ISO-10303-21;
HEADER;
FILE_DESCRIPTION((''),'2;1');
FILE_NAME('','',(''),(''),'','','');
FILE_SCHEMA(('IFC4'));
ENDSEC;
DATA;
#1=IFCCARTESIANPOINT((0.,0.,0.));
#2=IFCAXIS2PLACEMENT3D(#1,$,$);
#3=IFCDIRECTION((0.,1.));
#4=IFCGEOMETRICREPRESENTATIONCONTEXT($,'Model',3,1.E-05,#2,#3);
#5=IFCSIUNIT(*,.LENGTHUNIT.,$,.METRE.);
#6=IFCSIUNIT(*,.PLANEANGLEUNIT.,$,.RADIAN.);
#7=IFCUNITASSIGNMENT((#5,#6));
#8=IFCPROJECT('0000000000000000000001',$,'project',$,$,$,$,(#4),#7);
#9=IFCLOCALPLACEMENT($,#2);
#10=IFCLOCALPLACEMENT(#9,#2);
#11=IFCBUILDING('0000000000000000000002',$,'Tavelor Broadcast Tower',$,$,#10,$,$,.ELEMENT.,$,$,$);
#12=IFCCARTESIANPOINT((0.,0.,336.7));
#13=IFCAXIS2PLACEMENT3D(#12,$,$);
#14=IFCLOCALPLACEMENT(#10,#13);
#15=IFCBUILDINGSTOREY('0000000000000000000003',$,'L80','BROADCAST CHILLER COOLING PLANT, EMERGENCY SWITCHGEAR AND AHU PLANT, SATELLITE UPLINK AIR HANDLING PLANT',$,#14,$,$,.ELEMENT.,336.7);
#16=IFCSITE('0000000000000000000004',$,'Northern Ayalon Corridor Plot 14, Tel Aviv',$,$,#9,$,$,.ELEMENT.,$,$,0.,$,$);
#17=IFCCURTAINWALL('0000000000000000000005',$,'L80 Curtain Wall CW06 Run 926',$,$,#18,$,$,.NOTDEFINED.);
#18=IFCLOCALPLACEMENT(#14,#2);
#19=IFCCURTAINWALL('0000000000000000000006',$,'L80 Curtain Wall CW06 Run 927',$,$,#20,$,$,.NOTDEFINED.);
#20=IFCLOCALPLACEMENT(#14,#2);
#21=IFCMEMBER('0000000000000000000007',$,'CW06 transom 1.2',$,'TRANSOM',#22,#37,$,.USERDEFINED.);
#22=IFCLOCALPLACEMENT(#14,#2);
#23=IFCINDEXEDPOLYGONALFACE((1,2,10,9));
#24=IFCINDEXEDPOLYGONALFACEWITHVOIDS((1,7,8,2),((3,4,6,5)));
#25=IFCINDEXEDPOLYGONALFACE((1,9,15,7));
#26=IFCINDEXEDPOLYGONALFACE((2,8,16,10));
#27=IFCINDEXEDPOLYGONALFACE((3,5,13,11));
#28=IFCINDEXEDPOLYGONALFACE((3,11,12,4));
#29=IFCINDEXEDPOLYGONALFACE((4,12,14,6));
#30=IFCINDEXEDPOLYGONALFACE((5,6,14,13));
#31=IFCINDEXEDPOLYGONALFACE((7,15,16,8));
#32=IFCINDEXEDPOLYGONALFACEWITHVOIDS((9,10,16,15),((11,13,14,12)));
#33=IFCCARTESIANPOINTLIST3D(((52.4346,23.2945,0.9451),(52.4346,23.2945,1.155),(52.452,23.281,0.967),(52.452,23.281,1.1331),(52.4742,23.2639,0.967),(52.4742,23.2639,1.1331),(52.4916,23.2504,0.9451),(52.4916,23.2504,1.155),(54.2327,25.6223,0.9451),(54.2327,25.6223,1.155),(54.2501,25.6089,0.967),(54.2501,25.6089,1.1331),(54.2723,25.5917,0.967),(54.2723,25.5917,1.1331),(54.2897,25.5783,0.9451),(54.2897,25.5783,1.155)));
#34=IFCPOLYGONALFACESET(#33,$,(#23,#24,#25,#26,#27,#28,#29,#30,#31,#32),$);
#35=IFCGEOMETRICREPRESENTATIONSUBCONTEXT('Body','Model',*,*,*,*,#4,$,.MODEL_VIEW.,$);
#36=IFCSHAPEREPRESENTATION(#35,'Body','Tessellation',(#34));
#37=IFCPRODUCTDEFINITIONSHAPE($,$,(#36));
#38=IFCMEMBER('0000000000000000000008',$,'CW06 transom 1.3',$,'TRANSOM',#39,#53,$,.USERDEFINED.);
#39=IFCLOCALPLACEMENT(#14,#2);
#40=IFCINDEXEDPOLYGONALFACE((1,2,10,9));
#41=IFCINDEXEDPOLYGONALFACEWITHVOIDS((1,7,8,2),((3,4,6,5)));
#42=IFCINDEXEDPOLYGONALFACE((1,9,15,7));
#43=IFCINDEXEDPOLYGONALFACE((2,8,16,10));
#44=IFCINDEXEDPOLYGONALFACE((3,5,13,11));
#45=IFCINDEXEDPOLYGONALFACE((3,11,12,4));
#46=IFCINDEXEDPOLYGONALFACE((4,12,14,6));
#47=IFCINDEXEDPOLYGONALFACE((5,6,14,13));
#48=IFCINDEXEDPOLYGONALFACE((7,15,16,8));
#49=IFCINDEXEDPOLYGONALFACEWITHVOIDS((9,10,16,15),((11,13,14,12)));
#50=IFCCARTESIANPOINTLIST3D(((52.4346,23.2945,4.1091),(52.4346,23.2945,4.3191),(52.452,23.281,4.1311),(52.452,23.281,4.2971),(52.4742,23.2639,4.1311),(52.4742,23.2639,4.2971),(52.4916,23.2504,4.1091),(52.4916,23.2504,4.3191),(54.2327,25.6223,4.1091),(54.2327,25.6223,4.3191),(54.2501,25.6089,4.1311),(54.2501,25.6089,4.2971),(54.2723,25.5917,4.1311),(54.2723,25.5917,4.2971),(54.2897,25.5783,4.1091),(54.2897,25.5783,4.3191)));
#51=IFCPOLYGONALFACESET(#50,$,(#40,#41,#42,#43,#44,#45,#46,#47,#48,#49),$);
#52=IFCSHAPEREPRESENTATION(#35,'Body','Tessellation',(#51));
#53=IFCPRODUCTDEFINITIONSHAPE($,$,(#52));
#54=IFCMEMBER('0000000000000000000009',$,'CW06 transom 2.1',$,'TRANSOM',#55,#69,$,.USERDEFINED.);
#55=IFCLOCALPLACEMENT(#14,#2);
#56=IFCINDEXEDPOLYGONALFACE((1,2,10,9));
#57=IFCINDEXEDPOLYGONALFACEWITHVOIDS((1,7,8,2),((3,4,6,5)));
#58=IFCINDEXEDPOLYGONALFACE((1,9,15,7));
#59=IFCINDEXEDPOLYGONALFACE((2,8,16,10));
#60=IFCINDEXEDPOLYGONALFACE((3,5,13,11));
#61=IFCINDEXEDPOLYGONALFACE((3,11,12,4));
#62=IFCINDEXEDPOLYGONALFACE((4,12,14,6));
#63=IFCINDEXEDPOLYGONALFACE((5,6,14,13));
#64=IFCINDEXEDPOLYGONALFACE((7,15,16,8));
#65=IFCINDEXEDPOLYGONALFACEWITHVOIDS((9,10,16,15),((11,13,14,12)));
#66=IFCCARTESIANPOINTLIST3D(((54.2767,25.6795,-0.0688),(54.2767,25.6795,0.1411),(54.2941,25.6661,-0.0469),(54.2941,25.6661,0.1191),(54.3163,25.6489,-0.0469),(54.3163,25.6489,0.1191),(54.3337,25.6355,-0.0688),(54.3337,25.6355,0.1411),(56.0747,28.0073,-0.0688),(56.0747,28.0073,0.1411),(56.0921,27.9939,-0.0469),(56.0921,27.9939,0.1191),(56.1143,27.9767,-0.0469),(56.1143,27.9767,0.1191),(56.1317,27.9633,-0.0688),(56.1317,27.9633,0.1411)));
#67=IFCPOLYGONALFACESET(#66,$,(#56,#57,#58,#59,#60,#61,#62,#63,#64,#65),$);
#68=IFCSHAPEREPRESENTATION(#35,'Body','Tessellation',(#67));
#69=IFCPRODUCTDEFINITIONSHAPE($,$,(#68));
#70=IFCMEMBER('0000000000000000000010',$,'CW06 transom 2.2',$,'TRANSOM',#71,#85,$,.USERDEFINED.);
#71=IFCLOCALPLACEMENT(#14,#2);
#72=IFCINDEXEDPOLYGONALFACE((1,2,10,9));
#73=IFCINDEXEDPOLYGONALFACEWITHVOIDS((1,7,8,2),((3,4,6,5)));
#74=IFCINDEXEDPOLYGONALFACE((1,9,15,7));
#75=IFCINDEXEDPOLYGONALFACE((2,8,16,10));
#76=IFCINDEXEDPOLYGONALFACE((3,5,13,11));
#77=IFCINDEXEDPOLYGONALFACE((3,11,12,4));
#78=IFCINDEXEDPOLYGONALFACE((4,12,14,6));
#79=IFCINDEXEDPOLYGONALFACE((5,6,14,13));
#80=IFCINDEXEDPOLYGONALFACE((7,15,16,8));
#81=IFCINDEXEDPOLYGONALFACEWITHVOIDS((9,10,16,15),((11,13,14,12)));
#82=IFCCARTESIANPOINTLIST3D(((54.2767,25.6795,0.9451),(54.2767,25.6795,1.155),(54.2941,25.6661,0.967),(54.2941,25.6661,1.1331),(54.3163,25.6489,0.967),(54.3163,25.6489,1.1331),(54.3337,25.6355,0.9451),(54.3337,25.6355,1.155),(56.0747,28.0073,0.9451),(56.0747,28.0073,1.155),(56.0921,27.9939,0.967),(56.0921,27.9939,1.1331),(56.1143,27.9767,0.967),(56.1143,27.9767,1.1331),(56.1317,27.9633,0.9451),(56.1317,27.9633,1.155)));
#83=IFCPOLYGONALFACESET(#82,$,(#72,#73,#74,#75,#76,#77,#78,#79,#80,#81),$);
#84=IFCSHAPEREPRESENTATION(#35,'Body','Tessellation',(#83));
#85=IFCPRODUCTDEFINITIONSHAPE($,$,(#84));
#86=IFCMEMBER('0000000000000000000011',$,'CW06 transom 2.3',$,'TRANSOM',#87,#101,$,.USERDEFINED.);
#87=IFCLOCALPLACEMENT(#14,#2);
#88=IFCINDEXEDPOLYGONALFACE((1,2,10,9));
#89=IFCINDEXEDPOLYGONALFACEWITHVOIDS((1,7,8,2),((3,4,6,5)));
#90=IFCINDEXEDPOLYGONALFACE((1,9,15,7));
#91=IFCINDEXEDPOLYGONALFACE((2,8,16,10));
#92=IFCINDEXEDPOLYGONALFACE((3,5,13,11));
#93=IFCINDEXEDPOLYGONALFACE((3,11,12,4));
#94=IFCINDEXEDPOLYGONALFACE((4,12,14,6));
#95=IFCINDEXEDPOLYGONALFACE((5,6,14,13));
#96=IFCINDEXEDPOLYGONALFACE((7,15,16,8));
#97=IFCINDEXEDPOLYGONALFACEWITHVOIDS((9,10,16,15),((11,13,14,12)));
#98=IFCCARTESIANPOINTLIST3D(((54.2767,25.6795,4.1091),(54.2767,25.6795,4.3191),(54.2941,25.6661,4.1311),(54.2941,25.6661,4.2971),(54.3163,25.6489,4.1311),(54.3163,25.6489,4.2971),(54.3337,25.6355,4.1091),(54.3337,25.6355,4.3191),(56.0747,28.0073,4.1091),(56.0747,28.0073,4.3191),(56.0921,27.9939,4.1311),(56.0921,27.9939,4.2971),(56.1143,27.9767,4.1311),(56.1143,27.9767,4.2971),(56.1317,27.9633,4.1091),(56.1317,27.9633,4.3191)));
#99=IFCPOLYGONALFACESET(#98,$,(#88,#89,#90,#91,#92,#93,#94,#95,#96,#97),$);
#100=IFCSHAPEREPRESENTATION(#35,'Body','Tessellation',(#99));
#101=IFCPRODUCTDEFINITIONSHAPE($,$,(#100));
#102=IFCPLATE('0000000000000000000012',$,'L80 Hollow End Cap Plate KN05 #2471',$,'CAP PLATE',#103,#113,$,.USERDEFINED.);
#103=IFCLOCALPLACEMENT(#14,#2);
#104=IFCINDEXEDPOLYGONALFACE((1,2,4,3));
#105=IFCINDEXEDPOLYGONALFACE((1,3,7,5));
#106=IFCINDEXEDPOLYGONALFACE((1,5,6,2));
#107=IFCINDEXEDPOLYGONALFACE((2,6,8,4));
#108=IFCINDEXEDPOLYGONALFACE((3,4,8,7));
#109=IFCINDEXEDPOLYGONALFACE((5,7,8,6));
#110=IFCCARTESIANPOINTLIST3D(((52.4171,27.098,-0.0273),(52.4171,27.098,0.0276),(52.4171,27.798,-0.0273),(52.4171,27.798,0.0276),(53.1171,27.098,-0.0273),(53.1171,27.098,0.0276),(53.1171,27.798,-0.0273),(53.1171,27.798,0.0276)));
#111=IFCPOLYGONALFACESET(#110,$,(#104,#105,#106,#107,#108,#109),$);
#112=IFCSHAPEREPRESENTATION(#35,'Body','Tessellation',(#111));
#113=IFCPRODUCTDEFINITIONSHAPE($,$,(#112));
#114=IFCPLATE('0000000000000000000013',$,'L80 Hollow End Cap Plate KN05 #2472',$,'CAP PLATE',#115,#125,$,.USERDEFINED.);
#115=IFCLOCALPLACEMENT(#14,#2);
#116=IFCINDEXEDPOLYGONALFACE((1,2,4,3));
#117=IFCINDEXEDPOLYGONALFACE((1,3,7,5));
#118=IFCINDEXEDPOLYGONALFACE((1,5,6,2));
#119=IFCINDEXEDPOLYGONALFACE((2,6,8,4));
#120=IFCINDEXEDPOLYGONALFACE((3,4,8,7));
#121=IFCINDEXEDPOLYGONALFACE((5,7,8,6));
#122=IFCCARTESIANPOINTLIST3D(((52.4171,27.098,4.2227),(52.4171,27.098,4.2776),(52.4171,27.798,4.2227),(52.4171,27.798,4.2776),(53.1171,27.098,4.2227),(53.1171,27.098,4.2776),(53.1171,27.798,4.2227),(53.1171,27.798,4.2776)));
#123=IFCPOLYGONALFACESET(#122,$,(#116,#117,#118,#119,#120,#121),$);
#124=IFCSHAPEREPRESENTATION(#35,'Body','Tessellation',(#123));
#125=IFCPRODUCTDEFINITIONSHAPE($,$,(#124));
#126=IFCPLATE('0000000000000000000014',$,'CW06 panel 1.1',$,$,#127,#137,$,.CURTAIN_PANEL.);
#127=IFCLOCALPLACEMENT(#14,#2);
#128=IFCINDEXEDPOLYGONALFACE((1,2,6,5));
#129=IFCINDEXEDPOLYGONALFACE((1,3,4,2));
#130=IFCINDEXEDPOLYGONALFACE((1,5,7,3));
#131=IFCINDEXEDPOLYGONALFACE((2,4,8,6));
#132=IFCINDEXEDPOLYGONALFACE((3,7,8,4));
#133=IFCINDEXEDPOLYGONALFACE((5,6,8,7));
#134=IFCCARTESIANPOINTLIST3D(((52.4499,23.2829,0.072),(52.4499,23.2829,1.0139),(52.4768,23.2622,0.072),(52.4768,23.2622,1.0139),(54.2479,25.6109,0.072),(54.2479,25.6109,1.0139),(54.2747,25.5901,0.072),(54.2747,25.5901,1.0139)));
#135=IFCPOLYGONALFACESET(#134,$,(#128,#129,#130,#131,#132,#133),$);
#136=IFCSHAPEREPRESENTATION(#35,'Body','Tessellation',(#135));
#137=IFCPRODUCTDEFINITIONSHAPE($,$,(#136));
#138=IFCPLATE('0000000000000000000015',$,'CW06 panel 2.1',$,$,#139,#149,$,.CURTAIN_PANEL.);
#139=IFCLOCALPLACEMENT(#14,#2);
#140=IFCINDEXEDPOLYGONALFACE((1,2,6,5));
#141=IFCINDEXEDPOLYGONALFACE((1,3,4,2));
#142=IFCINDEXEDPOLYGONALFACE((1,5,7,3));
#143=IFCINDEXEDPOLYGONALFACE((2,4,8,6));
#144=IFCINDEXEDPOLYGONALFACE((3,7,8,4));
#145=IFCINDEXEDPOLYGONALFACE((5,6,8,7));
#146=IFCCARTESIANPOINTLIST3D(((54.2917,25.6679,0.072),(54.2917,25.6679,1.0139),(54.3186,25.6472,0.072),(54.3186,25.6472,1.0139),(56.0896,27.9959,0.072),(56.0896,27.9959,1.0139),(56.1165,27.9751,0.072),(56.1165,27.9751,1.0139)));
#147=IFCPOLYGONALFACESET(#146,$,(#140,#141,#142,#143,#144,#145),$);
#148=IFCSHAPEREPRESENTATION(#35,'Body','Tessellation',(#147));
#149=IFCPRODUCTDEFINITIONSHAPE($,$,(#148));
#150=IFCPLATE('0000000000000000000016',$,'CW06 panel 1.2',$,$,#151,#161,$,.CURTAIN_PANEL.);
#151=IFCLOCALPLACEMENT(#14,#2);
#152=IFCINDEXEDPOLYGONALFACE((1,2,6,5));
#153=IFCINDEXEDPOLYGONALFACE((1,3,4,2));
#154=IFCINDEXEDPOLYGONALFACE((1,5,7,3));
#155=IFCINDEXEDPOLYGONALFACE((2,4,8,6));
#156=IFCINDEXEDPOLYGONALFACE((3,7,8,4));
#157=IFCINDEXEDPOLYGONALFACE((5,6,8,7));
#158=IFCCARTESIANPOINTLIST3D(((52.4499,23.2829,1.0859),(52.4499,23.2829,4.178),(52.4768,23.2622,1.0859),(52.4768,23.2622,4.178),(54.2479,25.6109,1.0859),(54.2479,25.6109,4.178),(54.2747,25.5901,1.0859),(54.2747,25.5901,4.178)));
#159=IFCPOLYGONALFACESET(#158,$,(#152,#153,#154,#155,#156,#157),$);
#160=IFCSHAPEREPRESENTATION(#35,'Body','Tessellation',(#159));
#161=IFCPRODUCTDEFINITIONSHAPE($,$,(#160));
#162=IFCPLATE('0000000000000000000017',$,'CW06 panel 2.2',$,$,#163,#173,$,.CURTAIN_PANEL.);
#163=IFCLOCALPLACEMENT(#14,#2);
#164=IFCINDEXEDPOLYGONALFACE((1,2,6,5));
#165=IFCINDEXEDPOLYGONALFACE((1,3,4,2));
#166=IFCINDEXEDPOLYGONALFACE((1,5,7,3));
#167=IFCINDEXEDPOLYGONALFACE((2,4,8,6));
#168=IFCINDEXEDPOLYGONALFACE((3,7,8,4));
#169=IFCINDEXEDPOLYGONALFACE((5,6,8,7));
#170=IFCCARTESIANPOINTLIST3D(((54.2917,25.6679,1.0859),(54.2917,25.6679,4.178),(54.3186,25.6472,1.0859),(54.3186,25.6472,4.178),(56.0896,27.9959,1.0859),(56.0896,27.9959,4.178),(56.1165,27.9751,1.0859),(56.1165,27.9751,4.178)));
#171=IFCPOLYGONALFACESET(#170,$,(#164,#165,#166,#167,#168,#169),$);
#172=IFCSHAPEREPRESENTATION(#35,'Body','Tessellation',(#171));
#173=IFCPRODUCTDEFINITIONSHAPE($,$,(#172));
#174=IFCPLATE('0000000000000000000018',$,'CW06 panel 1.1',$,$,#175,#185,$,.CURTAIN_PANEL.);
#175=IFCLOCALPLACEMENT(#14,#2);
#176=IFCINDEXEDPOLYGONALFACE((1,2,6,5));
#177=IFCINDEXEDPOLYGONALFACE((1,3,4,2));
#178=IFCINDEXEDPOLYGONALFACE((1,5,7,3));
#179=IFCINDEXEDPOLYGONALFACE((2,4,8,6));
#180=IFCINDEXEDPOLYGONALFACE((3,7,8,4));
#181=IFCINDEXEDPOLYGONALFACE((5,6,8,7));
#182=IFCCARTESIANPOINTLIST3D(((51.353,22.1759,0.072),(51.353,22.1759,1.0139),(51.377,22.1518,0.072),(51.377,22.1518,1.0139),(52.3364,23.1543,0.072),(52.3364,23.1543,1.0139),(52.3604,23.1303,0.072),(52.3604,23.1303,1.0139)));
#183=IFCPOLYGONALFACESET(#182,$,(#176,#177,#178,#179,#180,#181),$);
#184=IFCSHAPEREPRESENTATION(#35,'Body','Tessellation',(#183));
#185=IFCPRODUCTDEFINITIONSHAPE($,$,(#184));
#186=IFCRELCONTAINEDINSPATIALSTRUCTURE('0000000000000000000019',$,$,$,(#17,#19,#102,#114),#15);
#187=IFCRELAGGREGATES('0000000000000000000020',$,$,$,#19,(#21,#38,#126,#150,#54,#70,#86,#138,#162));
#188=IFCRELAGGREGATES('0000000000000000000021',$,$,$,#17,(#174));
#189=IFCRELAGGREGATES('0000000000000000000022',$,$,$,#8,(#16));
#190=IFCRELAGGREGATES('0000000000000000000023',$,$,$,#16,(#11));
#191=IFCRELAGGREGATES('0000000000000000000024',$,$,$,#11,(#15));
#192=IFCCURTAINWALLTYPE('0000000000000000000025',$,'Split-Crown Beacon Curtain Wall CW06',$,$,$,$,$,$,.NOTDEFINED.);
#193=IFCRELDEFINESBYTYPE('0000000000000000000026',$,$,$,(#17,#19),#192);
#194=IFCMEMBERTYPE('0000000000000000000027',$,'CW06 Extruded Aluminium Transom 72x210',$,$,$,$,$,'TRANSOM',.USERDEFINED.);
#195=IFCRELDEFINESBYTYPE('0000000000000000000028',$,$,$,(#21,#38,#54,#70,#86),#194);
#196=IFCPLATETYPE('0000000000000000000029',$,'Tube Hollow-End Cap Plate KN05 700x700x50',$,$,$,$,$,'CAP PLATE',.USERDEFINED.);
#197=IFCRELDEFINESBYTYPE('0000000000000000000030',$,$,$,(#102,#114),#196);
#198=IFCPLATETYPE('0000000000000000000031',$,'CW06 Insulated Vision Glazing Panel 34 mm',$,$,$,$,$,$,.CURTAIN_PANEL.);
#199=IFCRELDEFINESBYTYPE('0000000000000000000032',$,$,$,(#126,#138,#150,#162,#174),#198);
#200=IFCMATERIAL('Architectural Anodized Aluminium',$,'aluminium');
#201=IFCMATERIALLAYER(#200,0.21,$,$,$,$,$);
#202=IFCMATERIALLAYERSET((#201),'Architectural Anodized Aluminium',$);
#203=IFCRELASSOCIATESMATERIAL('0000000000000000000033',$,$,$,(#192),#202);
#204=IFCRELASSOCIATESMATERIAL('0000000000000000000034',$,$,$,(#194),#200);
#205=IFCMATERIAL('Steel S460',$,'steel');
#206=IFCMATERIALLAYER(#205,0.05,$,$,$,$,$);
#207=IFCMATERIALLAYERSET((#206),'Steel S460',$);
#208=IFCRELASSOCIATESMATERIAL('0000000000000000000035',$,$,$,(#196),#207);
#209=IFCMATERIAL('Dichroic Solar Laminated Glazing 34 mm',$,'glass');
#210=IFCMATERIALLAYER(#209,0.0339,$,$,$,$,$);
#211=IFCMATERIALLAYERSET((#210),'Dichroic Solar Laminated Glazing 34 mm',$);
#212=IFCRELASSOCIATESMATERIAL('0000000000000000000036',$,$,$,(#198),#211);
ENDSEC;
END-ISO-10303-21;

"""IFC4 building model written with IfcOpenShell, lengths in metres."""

from ifc_helpers import new_model, si_unit, direction, frame, origin, origin_2d, place, context, subcontext, project, spatial, rectangle, hollow_rectangle, extrude, source, transform, mapped, material, layer, layer_set, material_profile, profile_set, type_object, type_shapes, element, aggregate, save


model = new_model("IFC4")

# Units and contexts
model_context = context("Model", 3, precision=1e-05, world=origin(), true_north=direction((0.0, 1.0)))
body_context = subcontext(model_context, "Body", "Model", "MODEL_VIEW")
ifc_project = project(units=[si_unit("LENGTHUNIT", "METRE"), si_unit("PLANEANGLEUNIT", "RADIAN")], contexts=[model_context])

# Site, building, storey
site_placement = place(None, origin())
site = spatial("IfcSite", under=ifc_project, at=site_placement, Name="Northern Ayalon Corridor Plot 14, Tel Aviv", CompositionType="ELEMENT", RefElevation=0.0)
building_placement = place(site_placement, origin())
building = spatial("IfcBuilding", under=site, at=building_placement, Name="Tavelor Broadcast Tower", CompositionType="ELEMENT")
storey_placement = place(building_placement, frame((0.0, 0.0, 336.7)))
storey = spatial("IfcBuildingStorey", under=building, at=storey_placement, Name="L80", Description="BROADCAST CHILLER COOLING PLANT, EMERGENCY SWITCHGEAR AND AHU PLANT, SATELLITE UPLINK AIR HANDLING PLANT", CompositionType="ELEMENT", Elevation=336.7)

# Shared definitions
ifc_material_1 = material(Name="Architectural Anodized Aluminium", Category="aluminium")
ifc_layer_1 = layer(ifc_material_1, 0.21)
ifc_layer_set_1 = layer_set([ifc_layer_1], Name="Architectural Anodized Aluminium")
curtain_wall_type = type_object("IfcCurtainWallType", Name="Split-Crown Beacon Curtain Wall CW06", PredefinedType="NOTDEFINED", material=ifc_layer_set_1)

# Curtain walls
curtain_wall_1_placement = place(storey_placement, origin())
curtain_wall_1 = element("IfcCurtainWall", 1, at=curtain_wall_1_placement, inside=storey, type_object=curtain_wall_type, Name="L80 Curtain Wall CW06 Run 926", PredefinedType="NOTDEFINED")
curtain_wall_2_placement = place(storey_placement, origin())
curtain_wall_2 = element("IfcCurtainWall", 2, at=curtain_wall_2_placement, inside=storey, type_object=curtain_wall_type, Name="L80 Curtain Wall CW06 Run 927", PredefinedType="NOTDEFINED")

# Members
ifc_material_profile_1 = material_profile(ifc_material_1, hollow_rectangle(XDim=0.072, YDim=0.21, WallThickness=0.022, at=origin_2d()), Name="RHS 72x210x22")
ifc_profile_set_1 = profile_set([ifc_material_profile_1], Name="Architectural Anodized Aluminium")
member_type_1 = type_object("IfcMemberType", Name="CW06 Extruded Aluminium Transom 72x210", ElementType="TRANSOM", PredefinedType="USERDEFINED", material=ifc_profile_set_1)
shared_shape_1 = source(origin(), body_context, "Body", "SweptSolid", [
    extrude(hollow_rectangle(XDim=0.072, YDim=0.21, WallThickness=0.022, at=origin_2d()), origin(), (0.0, 0.0, 1.0), 2.9414),
])
member_1_placement = place(storey_placement, frame((52.4631, 23.2725, 1.05), z_axis=(0.611294, 0.791404, 0.0), x_axis=(-0.791404, 0.611294, 0.0)))
member_1 = element("IfcMember", 3, at=member_1_placement, type_object=member_type_1, Name="CW06 transom 1.2", ObjectType="TRANSOM", PredefinedType="USERDEFINED", context=body_context, shape_type="MappedRepresentation", body=[
    mapped(shared_shape_1, transform((0.0, 0.0, 0.0), scale=1.0)),
])
member_2_placement = place(storey_placement, frame((52.4631, 23.2725, 4.2141), z_axis=(0.611294, 0.791404, 0.0), x_axis=(-0.791404, 0.611294, 0.0)))
member_2 = element("IfcMember", 4, at=member_2_placement, type_object=member_type_1, Name="CW06 transom 1.3", ObjectType="TRANSOM", PredefinedType="USERDEFINED", context=body_context, shape_type="MappedRepresentation", body=[
    mapped(shared_shape_1, transform((0.0, 0.0, 0.0), scale=1.0)),
])
member_3_placement = place(storey_placement, frame((54.3052, 25.6575, 0.0361), z_axis=(0.611294, 0.791404, 0.0), x_axis=(-0.791404, 0.611294, 0.0)))
member_3 = element("IfcMember", 5, at=member_3_placement, type_object=member_type_1, Name="CW06 transom 2.1", ObjectType="TRANSOM", PredefinedType="USERDEFINED", context=body_context, shape_type="MappedRepresentation", body=[
    mapped(shared_shape_1, transform((0.0, 0.0, 0.0), scale=1.0)),
])
member_4_placement = place(storey_placement, frame((54.3052, 25.6575, 1.05), z_axis=(0.611294, 0.791404, 0.0), x_axis=(-0.791404, 0.611294, 0.0)))
member_4 = element("IfcMember", 6, at=member_4_placement, type_object=member_type_1, Name="CW06 transom 2.2", ObjectType="TRANSOM", PredefinedType="USERDEFINED", context=body_context, shape_type="MappedRepresentation", body=[
    mapped(shared_shape_1, transform((0.0, 0.0, 0.0), scale=1.0)),
])
member_5_placement = place(storey_placement, frame((54.3052, 25.6575, 4.2141), z_axis=(0.611294, 0.791404, 0.0), x_axis=(-0.791404, 0.611294, 0.0)))
member_5 = element("IfcMember", 7, at=member_5_placement, type_object=member_type_1, Name="CW06 transom 2.3", ObjectType="TRANSOM", PredefinedType="USERDEFINED", context=body_context, shape_type="MappedRepresentation", body=[
    mapped(shared_shape_1, transform((0.0, 0.0, 0.0), scale=1.0)),
])

# Plates
ifc_material_2 = material(Name="Steel S460", Category="steel")
ifc_layer_2 = layer(ifc_material_2, 0.05)
ifc_layer_set_2 = layer_set([ifc_layer_2], Name="Steel S460")
plate_type_1 = type_object("IfcPlateType", Name="Tube Hollow-End Cap Plate KN05 700x700x50", ElementType="CAP PLATE", PredefinedType="USERDEFINED", material=ifc_layer_set_2)
shared_shape_2 = source(origin(), body_context, "Body", "SweptSolid", [
    extrude(rectangle(XDim=0.7, YDim=0.7, at=origin_2d()), origin(), (0.0, 0.0, 1.0), 0.0549),
])
type_shapes(plate_type_1, [shared_shape_2])
for number, where, z_axis, x_axis, name in (
    (8, (52.7671, 27.448, -0.0273), (0.0, 0.0, 1.0), (1.0, 0.0, 0.0), "L80 Hollow End Cap Plate KN05 #2471"),
    (9, (52.7671, 27.448, 4.2227), (0.0, 0.0, 1.0), (1.0, 0.0, 0.0), "L80 Hollow End Cap Plate KN05 #2472"),
):
    element("IfcPlate", number, at=place(storey_placement, frame(where, z_axis=z_axis, x_axis=x_axis)), inside=storey, type_object=plate_type_1, Name=name, ObjectType="CAP PLATE", PredefinedType="USERDEFINED", context=body_context, shape_type="MappedRepresentation", body=[
        mapped(shared_shape_2, transform((0.0, 0.0, 0.0), scale=1.0)),
    ])

# Plates
ifc_material_3 = material(Name="Dichroic Solar Laminated Glazing 34 mm", Category="glass")
ifc_layer_3 = layer(ifc_material_3, 0.0339)
ifc_layer_set_3 = layer_set([ifc_layer_3], Name="Dichroic Solar Laminated Glazing 34 mm")
plate_type_2 = type_object("IfcPlateType", Name="CW06 Insulated Vision Glazing Panel 34 mm", PredefinedType="CURTAIN_PANEL", material=ifc_layer_set_3)
shared_shape_3 = source(origin(), body_context, "Body", "SweptSolid", [
    extrude(rectangle(XDim=2.9414, YDim=0.0339, at=origin_2d()), origin(), (0.0, 0.0, 1.0), 0.9419),
])
plate_1_placement = place(storey_placement, frame((53.3623, 24.4365, 0.072), z_axis=(0.0, 0.0, 1.0), x_axis=(0.611255, 0.791434, 0.0)))
plate_1 = element("IfcPlate", 10, at=plate_1_placement, type_object=plate_type_2, Name="CW06 panel 1.1", PredefinedType="CURTAIN_PANEL", context=body_context, shape_type="MappedRepresentation", body=[
    mapped(shared_shape_3, transform((0.0, 0.0, 0.0), scale=1.0)),
])
plate_2_placement = place(storey_placement, frame((55.2041, 26.8215, 0.072), z_axis=(0.0, 0.0, 1.0), x_axis=(0.611255, 0.791434, 0.0)))
plate_2 = element("IfcPlate", 11, at=plate_2_placement, type_object=plate_type_2, Name="CW06 panel 2.1", PredefinedType="CURTAIN_PANEL", context=body_context, shape_type="MappedRepresentation", body=[
    mapped(shared_shape_3, transform((0.0, 0.0, 0.0), scale=1.0)),
])
shared_shape_4 = source(origin(), body_context, "Body", "SweptSolid", [
    extrude(rectangle(XDim=2.9414, YDim=0.0339, at=origin_2d()), origin(), (0.0, 0.0, 1.0), 3.092),
])
plate_3_placement = place(storey_placement, frame((53.3623, 24.4365, 1.0859), z_axis=(0.0, 0.0, 1.0), x_axis=(0.611255, 0.791434, 0.0)))
plate_3 = element("IfcPlate", 12, at=plate_3_placement, type_object=plate_type_2, Name="CW06 panel 1.2", PredefinedType="CURTAIN_PANEL", context=body_context, shape_type="MappedRepresentation", body=[
    mapped(shared_shape_4, transform((0.0, 0.0, 0.0), scale=1.0)),
])
plate_4_placement = place(storey_placement, frame((55.2041, 26.8215, 1.0859), z_axis=(0.0, 0.0, 1.0), x_axis=(0.611255, 0.791434, 0.0)))
plate_4 = element("IfcPlate", 13, at=plate_4_placement, type_object=plate_type_2, Name="CW06 panel 2.2", PredefinedType="CURTAIN_PANEL", context=body_context, shape_type="MappedRepresentation", body=[
    mapped(shared_shape_4, transform((0.0, 0.0, 0.0), scale=1.0)),
])
aggregate(curtain_wall_2, [member_1, member_2, plate_1, plate_3, member_3, member_4, member_5, plate_2, plate_4])
shared_shape_5 = source(origin(), body_context, "Body", "SweptSolid", [
    extrude(rectangle(XDim=1.3872, YDim=0.0339, at=origin_2d()), origin(), (0.0, 0.0, 1.0), 0.9419),
])
plate_5_placement = place(storey_placement, frame((51.8567, 22.6531, 0.072), z_axis=(0.0, 0.0, 1.0), x_axis=(0.708901, 0.705308, 0.0)))
plate_5 = element("IfcPlate", 14, at=plate_5_placement, type_object=plate_type_2, Name="CW06 panel 1.1", PredefinedType="CURTAIN_PANEL", context=body_context, shape_type="MappedRepresentation", body=[
    mapped(shared_shape_5, transform((0.0, 0.0, 0.0), scale=1.0)),
])
aggregate(curtain_wall_1, [plate_5])

save(model, "model.ifc")
